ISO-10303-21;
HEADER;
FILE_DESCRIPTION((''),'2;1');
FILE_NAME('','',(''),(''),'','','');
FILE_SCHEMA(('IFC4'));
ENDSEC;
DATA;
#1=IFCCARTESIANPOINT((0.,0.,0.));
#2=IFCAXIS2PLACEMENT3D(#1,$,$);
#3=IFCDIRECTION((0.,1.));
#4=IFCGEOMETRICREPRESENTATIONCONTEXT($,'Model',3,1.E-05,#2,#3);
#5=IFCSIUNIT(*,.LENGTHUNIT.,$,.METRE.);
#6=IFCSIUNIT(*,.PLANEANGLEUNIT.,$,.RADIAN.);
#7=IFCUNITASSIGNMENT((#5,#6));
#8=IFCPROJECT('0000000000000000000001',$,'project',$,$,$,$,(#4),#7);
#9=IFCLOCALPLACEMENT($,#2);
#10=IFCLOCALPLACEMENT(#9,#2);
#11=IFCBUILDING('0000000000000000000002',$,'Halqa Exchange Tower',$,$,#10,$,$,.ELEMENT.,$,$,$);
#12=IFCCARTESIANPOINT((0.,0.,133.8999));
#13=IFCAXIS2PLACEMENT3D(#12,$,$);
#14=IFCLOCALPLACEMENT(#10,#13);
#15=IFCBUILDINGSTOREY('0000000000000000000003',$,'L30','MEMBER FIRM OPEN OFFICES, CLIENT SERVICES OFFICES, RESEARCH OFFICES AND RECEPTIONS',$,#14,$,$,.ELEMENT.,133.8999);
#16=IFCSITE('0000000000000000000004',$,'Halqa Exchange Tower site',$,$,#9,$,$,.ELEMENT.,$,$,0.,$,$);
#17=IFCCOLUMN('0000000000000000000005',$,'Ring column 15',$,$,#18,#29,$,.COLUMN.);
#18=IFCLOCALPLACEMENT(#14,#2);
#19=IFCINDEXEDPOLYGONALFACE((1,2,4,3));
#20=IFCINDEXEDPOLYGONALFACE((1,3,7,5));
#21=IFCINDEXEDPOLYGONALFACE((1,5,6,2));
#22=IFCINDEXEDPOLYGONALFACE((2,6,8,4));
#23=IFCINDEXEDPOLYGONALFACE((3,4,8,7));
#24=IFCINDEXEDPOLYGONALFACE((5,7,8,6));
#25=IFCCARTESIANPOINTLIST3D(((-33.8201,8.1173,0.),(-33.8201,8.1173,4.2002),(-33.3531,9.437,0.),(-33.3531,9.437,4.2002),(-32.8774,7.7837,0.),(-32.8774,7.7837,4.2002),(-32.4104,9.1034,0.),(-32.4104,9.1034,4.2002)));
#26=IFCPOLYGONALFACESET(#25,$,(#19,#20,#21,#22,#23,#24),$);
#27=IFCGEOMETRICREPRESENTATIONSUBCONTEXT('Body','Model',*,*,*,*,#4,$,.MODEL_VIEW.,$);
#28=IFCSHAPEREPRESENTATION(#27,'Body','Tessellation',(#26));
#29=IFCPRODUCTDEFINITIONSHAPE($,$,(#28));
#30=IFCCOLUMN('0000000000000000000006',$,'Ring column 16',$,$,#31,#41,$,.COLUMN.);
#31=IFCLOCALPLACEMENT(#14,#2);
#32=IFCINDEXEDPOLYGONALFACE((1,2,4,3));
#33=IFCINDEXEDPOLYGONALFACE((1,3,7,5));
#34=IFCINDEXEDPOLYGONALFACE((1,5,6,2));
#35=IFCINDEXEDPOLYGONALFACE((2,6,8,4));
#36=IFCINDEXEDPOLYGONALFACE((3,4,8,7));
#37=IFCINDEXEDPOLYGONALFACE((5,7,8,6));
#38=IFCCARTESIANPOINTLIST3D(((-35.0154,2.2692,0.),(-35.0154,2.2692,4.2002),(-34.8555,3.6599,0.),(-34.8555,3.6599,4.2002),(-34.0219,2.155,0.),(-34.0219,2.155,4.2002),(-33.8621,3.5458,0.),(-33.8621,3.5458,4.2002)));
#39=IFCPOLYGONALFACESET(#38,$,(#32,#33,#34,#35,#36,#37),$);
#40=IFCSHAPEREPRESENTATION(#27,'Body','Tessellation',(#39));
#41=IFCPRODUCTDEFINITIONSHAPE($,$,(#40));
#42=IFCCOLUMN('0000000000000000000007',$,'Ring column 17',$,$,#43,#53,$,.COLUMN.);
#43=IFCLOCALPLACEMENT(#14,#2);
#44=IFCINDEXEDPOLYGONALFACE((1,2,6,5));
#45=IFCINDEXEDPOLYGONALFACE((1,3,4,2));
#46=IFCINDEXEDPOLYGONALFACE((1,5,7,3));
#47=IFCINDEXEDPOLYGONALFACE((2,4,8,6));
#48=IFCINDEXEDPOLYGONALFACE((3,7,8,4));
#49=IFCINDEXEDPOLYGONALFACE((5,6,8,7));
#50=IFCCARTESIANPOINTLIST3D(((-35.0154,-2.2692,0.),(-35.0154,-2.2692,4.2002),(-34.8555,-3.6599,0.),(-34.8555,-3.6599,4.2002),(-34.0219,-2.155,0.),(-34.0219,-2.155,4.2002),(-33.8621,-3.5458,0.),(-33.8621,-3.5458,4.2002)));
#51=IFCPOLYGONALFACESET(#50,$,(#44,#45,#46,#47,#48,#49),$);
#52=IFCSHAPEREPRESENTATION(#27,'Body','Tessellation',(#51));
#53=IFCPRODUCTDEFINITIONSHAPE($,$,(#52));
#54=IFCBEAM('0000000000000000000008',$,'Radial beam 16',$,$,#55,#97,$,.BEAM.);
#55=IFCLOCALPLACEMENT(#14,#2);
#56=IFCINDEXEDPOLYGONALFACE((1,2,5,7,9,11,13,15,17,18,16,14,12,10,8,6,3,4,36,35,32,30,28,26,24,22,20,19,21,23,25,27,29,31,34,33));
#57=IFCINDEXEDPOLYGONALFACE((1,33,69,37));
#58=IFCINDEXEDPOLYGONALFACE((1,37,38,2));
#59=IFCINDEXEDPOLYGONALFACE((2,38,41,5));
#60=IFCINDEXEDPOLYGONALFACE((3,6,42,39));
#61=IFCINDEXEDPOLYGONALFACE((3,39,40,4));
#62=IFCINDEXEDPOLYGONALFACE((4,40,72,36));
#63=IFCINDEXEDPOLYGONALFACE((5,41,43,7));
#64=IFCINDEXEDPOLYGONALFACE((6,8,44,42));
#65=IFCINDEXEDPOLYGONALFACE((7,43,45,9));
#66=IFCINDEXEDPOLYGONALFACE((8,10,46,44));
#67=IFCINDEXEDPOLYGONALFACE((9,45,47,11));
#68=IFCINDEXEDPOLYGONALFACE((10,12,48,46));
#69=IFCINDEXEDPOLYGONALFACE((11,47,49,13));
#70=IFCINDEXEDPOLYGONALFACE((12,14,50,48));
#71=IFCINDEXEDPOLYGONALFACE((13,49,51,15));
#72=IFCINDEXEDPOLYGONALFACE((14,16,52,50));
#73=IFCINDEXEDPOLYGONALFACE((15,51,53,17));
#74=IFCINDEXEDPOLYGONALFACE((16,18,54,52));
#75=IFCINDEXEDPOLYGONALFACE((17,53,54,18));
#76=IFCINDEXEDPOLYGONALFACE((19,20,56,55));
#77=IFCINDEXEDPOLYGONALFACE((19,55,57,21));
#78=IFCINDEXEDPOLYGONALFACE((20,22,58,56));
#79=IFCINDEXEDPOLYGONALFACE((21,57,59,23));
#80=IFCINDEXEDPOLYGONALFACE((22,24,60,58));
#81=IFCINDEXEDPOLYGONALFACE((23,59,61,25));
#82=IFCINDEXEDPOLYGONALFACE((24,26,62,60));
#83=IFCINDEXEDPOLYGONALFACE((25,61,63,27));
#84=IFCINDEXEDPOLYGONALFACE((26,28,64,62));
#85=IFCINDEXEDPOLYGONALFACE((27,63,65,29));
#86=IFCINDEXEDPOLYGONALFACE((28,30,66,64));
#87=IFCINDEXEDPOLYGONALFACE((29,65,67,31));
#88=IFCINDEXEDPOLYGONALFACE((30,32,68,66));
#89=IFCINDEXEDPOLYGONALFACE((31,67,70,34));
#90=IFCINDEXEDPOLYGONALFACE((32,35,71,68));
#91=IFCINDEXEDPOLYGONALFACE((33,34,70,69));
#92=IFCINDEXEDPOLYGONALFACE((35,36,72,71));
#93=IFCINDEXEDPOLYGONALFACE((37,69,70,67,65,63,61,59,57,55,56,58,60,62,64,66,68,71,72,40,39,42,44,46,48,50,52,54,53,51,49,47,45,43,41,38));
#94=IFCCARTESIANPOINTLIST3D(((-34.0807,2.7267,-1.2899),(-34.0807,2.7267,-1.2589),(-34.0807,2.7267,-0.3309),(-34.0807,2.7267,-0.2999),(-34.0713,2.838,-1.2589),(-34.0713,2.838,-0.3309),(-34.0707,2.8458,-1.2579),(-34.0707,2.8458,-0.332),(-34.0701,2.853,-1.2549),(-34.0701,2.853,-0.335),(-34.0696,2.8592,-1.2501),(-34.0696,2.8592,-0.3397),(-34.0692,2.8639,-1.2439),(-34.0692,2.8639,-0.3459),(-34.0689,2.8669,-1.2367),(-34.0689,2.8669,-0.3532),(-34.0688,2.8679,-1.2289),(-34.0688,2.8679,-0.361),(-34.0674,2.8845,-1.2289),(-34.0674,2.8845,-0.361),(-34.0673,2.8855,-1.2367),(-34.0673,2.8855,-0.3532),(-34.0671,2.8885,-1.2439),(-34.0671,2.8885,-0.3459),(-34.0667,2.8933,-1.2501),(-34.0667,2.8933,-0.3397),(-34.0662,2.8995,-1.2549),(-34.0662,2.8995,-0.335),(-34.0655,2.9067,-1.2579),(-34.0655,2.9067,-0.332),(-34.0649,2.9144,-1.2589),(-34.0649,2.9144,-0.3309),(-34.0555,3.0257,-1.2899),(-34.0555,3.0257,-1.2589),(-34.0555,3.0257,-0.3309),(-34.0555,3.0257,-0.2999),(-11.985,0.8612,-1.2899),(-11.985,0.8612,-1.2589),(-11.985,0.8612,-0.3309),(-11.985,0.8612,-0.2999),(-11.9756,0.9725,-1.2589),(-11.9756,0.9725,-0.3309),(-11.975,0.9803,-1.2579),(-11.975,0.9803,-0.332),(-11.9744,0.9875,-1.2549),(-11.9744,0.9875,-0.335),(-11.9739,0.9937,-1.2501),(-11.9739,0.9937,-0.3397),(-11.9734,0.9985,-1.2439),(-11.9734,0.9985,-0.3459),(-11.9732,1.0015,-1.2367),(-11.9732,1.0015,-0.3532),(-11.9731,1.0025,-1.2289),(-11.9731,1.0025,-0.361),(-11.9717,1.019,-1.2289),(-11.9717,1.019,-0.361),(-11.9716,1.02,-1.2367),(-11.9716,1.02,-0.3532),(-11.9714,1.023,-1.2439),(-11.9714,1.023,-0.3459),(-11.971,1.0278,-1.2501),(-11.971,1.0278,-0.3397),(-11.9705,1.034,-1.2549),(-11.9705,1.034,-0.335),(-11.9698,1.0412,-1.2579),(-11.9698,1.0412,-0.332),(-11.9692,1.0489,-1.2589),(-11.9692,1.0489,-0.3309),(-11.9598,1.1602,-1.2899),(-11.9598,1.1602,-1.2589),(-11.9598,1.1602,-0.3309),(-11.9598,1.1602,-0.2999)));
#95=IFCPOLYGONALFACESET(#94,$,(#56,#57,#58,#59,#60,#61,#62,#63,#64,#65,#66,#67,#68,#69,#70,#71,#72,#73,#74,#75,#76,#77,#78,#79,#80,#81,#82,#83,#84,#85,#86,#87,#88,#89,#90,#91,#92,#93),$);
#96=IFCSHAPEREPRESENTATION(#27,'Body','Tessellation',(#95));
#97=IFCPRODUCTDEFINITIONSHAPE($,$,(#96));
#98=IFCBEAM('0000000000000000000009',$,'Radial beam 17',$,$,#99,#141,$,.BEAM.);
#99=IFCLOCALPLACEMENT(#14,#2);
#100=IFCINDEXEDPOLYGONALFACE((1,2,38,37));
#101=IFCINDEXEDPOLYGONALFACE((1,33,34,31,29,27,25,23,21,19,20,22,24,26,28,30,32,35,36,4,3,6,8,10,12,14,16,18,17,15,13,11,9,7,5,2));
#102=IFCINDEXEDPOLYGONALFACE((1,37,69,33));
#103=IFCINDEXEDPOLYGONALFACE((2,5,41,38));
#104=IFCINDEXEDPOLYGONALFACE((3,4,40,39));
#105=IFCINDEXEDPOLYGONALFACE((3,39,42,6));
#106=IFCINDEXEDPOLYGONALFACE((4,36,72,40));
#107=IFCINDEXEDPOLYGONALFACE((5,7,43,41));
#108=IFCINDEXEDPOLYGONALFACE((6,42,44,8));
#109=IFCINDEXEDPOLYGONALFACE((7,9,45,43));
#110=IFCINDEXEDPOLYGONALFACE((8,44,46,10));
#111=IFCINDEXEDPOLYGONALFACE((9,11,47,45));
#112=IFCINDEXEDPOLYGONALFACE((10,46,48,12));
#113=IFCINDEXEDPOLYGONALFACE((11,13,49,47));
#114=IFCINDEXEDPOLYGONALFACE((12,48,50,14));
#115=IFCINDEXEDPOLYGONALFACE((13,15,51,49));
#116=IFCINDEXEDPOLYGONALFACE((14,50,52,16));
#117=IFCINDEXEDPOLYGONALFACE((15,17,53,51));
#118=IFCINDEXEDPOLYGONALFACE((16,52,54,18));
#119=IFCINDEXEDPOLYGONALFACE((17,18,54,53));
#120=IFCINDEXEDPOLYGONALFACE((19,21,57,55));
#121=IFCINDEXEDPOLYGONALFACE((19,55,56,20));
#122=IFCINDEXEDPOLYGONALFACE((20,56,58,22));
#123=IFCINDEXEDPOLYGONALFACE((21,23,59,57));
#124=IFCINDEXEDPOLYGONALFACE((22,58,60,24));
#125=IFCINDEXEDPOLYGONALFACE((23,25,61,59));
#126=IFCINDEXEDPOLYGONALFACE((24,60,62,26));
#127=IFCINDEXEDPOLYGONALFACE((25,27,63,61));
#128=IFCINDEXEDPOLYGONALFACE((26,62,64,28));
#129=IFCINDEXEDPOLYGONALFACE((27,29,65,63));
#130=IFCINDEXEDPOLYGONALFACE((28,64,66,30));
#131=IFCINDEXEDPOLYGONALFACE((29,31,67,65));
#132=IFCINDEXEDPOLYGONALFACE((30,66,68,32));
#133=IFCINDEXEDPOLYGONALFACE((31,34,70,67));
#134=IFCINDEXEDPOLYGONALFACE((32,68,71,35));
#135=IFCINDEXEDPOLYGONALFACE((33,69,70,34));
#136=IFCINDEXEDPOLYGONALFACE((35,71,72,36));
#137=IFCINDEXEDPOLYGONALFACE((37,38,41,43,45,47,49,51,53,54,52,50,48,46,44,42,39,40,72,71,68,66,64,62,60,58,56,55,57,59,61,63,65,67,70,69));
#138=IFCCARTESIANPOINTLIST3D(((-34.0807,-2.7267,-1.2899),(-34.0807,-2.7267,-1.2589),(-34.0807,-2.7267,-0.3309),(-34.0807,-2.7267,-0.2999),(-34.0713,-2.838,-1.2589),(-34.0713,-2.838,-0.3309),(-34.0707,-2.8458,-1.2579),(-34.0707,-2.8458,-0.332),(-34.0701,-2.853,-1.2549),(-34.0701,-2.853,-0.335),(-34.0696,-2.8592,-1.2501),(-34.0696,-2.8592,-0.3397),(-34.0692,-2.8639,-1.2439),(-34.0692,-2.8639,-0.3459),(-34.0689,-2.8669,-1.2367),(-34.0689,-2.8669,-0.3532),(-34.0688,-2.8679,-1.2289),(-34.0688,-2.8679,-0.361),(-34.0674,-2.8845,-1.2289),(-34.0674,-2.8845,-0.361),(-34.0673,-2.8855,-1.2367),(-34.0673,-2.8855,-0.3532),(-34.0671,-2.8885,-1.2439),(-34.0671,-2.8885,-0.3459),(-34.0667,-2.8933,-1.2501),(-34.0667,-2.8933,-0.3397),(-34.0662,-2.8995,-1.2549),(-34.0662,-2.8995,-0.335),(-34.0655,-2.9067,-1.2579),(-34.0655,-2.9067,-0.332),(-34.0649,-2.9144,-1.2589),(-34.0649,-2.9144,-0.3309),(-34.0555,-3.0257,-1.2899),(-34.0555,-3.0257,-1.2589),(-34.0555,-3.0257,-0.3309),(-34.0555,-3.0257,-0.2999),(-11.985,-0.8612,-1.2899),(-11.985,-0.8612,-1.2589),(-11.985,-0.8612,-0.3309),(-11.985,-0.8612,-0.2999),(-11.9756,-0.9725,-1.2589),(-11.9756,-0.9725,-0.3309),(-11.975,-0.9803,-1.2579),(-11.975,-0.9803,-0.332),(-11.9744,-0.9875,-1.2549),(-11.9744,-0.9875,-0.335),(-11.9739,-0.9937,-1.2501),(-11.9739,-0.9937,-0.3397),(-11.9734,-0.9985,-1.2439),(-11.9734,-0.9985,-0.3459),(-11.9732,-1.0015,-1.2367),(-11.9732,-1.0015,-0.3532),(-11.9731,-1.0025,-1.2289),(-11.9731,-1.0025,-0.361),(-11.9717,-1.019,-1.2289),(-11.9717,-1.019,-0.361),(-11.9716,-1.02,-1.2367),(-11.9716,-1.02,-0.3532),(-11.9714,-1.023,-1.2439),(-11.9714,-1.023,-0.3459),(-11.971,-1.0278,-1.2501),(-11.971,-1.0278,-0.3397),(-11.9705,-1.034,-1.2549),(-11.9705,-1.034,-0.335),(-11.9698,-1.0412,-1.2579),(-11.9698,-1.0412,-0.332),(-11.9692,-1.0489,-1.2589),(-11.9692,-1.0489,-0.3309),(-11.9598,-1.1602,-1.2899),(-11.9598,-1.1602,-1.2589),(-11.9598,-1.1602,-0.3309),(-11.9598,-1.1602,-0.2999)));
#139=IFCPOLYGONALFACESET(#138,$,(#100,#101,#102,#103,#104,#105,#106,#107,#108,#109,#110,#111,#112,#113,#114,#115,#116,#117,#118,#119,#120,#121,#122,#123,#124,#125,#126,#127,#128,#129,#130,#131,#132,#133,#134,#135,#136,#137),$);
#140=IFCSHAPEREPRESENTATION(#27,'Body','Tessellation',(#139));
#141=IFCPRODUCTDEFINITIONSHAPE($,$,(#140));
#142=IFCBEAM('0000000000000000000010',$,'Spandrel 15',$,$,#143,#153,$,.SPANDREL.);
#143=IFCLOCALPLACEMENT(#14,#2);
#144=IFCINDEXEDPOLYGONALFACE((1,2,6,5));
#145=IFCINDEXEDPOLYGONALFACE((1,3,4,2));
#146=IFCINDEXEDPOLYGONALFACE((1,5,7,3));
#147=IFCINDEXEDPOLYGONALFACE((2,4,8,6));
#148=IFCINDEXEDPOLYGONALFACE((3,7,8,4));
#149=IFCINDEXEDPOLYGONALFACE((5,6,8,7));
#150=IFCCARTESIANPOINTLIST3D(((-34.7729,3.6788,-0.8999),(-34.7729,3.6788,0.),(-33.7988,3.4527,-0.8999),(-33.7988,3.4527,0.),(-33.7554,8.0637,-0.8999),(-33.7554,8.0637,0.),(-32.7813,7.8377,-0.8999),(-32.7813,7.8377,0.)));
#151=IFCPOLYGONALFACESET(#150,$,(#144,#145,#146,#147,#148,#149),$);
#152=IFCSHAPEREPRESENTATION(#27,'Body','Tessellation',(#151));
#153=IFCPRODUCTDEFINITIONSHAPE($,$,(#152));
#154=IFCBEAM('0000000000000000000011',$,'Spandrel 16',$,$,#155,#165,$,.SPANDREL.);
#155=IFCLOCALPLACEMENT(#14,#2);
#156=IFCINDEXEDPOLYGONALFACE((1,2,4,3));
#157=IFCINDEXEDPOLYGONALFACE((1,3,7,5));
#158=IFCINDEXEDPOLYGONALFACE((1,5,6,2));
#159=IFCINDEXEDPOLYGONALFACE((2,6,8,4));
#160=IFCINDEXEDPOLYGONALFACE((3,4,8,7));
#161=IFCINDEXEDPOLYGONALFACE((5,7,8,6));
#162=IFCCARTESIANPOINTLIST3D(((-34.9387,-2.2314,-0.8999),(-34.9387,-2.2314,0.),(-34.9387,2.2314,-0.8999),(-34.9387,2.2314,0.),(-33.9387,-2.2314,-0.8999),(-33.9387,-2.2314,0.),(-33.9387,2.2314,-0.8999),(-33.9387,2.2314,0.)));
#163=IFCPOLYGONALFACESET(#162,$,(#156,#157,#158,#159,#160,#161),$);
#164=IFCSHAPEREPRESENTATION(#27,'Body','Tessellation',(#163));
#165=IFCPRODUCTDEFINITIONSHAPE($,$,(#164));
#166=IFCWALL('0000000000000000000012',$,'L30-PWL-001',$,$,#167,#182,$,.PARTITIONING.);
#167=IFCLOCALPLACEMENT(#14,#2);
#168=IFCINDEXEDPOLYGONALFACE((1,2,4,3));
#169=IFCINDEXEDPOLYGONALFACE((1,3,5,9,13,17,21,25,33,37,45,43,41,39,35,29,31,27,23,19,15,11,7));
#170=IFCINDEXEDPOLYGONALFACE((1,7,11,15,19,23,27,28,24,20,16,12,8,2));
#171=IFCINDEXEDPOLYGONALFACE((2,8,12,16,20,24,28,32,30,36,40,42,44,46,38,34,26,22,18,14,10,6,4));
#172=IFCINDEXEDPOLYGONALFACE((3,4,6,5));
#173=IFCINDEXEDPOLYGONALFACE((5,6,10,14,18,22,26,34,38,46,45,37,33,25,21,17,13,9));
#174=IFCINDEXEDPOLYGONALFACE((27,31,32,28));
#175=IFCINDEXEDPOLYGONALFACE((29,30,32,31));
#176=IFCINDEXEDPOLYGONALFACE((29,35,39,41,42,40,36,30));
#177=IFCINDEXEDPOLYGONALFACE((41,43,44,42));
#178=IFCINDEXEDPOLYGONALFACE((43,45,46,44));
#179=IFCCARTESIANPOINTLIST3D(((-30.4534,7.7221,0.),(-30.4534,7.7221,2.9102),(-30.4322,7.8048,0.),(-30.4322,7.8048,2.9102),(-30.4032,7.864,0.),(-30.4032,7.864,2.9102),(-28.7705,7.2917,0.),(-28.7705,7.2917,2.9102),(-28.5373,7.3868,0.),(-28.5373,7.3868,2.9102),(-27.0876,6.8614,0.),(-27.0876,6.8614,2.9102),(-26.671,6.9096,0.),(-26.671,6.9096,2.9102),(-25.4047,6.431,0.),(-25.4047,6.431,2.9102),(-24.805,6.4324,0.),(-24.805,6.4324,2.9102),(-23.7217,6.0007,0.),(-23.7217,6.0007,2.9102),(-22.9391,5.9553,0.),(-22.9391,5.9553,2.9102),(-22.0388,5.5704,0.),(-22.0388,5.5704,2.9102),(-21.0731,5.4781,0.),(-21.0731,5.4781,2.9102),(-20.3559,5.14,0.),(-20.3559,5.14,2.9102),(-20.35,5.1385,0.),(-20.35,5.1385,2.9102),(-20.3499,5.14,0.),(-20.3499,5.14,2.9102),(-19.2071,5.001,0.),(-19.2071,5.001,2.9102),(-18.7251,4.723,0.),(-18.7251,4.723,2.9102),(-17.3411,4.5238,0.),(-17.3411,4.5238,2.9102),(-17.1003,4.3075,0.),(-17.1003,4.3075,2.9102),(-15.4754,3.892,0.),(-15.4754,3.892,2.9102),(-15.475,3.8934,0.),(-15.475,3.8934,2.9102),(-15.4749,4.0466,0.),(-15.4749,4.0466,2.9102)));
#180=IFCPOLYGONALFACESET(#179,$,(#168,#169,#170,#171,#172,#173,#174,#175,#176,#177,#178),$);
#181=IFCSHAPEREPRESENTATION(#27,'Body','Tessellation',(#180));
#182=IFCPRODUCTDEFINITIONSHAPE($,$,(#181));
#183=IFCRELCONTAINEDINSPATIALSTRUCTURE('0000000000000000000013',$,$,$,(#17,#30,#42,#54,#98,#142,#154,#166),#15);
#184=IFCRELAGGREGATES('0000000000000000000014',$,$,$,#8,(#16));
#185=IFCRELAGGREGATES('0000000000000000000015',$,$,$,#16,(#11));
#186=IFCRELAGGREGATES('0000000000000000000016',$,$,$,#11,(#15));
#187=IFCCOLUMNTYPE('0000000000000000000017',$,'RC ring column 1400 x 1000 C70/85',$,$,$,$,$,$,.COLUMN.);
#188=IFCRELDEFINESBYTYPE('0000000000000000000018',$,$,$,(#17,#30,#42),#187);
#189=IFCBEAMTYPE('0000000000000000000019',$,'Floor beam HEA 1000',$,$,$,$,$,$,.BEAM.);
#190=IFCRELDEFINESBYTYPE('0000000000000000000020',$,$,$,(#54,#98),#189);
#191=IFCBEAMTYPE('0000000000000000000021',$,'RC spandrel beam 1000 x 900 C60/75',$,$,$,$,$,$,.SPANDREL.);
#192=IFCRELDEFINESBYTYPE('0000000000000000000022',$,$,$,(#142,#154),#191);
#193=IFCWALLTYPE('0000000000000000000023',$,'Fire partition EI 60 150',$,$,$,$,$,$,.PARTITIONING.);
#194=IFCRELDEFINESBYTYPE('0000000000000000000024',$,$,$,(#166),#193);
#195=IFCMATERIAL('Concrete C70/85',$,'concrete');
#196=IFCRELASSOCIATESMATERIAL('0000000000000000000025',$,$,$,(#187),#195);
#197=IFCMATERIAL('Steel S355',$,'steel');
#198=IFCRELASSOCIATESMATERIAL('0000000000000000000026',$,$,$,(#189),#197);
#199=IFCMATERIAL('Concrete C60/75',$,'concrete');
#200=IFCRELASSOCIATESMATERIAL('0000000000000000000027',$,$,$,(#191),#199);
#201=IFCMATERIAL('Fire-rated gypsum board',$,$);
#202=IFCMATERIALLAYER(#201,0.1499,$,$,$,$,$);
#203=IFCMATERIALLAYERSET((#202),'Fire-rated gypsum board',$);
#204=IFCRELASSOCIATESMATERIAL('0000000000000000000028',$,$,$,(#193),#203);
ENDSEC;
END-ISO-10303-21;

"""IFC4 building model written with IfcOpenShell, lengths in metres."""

from ifc_helpers import new_model, si_unit, direction, frame, origin, origin_2d, place, context, subcontext, project, spatial, polyline, rectangle, i_section, outline, extrude, material, layer, layer_set, material_profile, profile_set, type_object, element, save


model = new_model("IFC4")

# Units and contexts
model_context = context("Model", 3, precision=1e-05, world=origin(), true_north=direction((0.0, 1.0)))
body_context = subcontext(model_context, "Body", "Model", "MODEL_VIEW")
ifc_project = project(units=[si_unit("LENGTHUNIT", "METRE"), si_unit("PLANEANGLEUNIT", "RADIAN")], contexts=[model_context])

# Site, building, storey
site_placement = place(None, origin())
site = spatial("IfcSite", under=ifc_project, at=site_placement, Name="Halqa Exchange Tower site", CompositionType="ELEMENT", RefElevation=0.0)
building_placement = place(site_placement, origin())
building = spatial("IfcBuilding", under=site, at=building_placement, Name="Halqa Exchange Tower", CompositionType="ELEMENT")
storey_placement = place(building_placement, frame((0.0, 0.0, 133.8999)))
storey = spatial("IfcBuildingStorey", under=building, at=storey_placement, Name="L30", Description="MEMBER FIRM OPEN OFFICES, CLIENT SERVICES OFFICES, RESEARCH OFFICES AND RECEPTIONS", CompositionType="ELEMENT", Elevation=133.8999)

# Columns
ifc_material_1 = material(Name="Concrete C70/85", Category="concrete")
ifc_material_profile_1 = material_profile(ifc_material_1, rectangle(XDim=1.3999, YDim=1.0, at=origin_2d()), Name="1400 x 1000")
ifc_profile_set_1 = profile_set([ifc_material_profile_1], Name="Concrete C70/85")
column_type = type_object("IfcColumnType", Name="RC ring column 1400 x 1000 C70/85", PredefinedType="COLUMN", material=ifc_profile_set_1)
for number, where, z_axis, x_axis, name in (
    (1, (-33.1152, 8.6104, 0.0), (0.0, 0.0, 1.0), (-0.333636, -0.942702, 0.0), "Ring column 15"),
    (2, (-34.4387, 2.9075, 0.0), (0.0, 0.0, 1.0), (-0.114159, -0.993463, 0.0), "Ring column 16"),
    (3, (-34.4387, -2.9075, 0.0), (0.0, 0.0, 1.0), (0.114159, -0.993463, 0.0), "Ring column 17"),
):
    element("IfcColumn", number, at=place(storey_placement, frame(where, z_axis=z_axis, x_axis=x_axis)), inside=storey, type_object=column_type, Name=name, PredefinedType="COLUMN", context=body_context, shape_type="SweptSolid", body=[
        extrude(rectangle(XDim=1.3999, YDim=1.0, at=origin_2d()), origin(), (0.0, 0.0, 1.0), 4.2002),
    ])

# Beams
ifc_material_2 = material(Name="Steel S355", Category="steel")
ifc_material_profile_2 = material_profile(ifc_material_2, i_section(OverallWidth=0.3, OverallDepth=0.99, WebThickness=0.0166, FlangeThickness=0.031, FilletRadius=0.03, at=origin_2d()), Name="HEA 1000")
ifc_profile_set_2 = profile_set([ifc_material_profile_2], Name="Steel S355")
beam_type_1 = type_object("IfcBeamType", Name="Floor beam HEA 1000", PredefinedType="BEAM", material=ifc_profile_set_2)
for number, where, z_axis, x_axis, name in (
    (4, (-11.9724, 1.0107, -0.7949), (-0.996455, 0.084128, 0.0), (-0.084128, -0.996455, 0.0), "Radial beam 16"),
    (5, (-11.9724, -1.0107, -0.7949), (-0.996455, -0.084128, 0.0), (0.084128, -0.996455, 0.0), "Radial beam 17"),
):
    element("IfcBeam", number, at=place(storey_placement, frame(where, z_axis=z_axis, x_axis=x_axis)), inside=storey, type_object=beam_type_1, Name=name, PredefinedType="BEAM", context=body_context, shape_type="SweptSolid", body=[
        extrude(i_section(OverallWidth=0.3, OverallDepth=0.99, WebThickness=0.0166, FlangeThickness=0.031, FilletRadius=0.03, at=origin_2d()), origin(), (0.0, 0.0, 1.0), 22.1743),
    ])
ifc_material_3 = material(Name="Concrete C60/75", Category="concrete")
ifc_material_profile_3 = material_profile(ifc_material_3, rectangle(XDim=1.0, YDim=0.8999, at=origin_2d()), Name="1000 x 900")
ifc_profile_set_3 = profile_set([ifc_material_profile_3], Name="Concrete C60/75")
beam_type_2 = type_object("IfcBeamType", Name="RC spandrel beam 1000 x 900 C60/75", PredefinedType="SPANDREL", material=ifc_profile_set_3)
beam_1_placement = place(storey_placement, frame((-33.2683, 7.9507, -0.45), z_axis=(-0.226052, -0.974115, 0.0), x_axis=(0.974115, -0.226052, 0.0)))
element("IfcBeam", 6, at=beam_1_placement, inside=storey, type_object=beam_type_2, Name="Spandrel 15", PredefinedType="SPANDREL", context=body_context, shape_type="SweptSolid", body=[
    extrude(rectangle(XDim=1.0, YDim=0.8999, at=origin_2d()), origin(), (0.0, 0.0, 1.0), 4.5015),
])
beam_2_placement = place(storey_placement, frame((-34.4387, 2.2314, -0.45), z_axis=(0.0, -1.0, 0.0), x_axis=(1.0, 0.0, 0.0)))
element("IfcBeam", 7, at=beam_2_placement, inside=storey, type_object=beam_type_2, Name="Spandrel 16", PredefinedType="SPANDREL", context=body_context, shape_type="SweptSolid", body=[
    extrude(rectangle(XDim=1.0, YDim=0.8999, at=origin_2d()), origin(), (0.0, 0.0, 1.0), 4.4629),
])

# Wall
ifc_material_4 = material(Name="Fire-rated gypsum board")
ifc_layer_1 = layer(ifc_material_4, 0.1499)
ifc_layer_set_1 = layer_set([ifc_layer_1], Name="Fire-rated gypsum board")
wall_type_1 = type_object("IfcWallType", Name="Fire partition EI 60 150", PredefinedType="PARTITIONING", material=ifc_layer_set_1)
wall_1_placement = place(storey_placement, frame((-30.4348, 7.7947, 0.0), z_axis=(0.0, 0.0, 1.0), x_axis=(0.968826, -0.247742, 0.0)))
element("IfcWall", 8, at=wall_1_placement, inside=storey, type_object=wall_type_1, Name="L30-PWL-001", PredefinedType="PARTITIONING", context=body_context, shape_type="SweptSolid", body=[
    extrude(outline(polyline([(0.0, -0.075), (1.7371, -0.075), (3.4741, -0.075), (5.2112, -0.075), (6.9482, -0.075), (8.6853, -0.075), (10.4224, -0.075), (10.4282, -0.0735), (10.4285, -0.075), (12.1057, -0.075), (13.7827, -0.075), (15.46, -0.075), (15.46, -0.0735), (15.4221, 0.075), (13.4958, 0.075), (11.5698, 0.075), (9.6438, 0.075), (7.7178, 0.075), (5.7917, 0.075), (3.8657, 0.075), (1.9395, 0.075), (0.0134, 0.075), (0.0, 0.0105), (0.0, -0.075)])), origin(), (0.0, 0.0, 1.0), 2.9102),
])

save(model, "model.ifc")
